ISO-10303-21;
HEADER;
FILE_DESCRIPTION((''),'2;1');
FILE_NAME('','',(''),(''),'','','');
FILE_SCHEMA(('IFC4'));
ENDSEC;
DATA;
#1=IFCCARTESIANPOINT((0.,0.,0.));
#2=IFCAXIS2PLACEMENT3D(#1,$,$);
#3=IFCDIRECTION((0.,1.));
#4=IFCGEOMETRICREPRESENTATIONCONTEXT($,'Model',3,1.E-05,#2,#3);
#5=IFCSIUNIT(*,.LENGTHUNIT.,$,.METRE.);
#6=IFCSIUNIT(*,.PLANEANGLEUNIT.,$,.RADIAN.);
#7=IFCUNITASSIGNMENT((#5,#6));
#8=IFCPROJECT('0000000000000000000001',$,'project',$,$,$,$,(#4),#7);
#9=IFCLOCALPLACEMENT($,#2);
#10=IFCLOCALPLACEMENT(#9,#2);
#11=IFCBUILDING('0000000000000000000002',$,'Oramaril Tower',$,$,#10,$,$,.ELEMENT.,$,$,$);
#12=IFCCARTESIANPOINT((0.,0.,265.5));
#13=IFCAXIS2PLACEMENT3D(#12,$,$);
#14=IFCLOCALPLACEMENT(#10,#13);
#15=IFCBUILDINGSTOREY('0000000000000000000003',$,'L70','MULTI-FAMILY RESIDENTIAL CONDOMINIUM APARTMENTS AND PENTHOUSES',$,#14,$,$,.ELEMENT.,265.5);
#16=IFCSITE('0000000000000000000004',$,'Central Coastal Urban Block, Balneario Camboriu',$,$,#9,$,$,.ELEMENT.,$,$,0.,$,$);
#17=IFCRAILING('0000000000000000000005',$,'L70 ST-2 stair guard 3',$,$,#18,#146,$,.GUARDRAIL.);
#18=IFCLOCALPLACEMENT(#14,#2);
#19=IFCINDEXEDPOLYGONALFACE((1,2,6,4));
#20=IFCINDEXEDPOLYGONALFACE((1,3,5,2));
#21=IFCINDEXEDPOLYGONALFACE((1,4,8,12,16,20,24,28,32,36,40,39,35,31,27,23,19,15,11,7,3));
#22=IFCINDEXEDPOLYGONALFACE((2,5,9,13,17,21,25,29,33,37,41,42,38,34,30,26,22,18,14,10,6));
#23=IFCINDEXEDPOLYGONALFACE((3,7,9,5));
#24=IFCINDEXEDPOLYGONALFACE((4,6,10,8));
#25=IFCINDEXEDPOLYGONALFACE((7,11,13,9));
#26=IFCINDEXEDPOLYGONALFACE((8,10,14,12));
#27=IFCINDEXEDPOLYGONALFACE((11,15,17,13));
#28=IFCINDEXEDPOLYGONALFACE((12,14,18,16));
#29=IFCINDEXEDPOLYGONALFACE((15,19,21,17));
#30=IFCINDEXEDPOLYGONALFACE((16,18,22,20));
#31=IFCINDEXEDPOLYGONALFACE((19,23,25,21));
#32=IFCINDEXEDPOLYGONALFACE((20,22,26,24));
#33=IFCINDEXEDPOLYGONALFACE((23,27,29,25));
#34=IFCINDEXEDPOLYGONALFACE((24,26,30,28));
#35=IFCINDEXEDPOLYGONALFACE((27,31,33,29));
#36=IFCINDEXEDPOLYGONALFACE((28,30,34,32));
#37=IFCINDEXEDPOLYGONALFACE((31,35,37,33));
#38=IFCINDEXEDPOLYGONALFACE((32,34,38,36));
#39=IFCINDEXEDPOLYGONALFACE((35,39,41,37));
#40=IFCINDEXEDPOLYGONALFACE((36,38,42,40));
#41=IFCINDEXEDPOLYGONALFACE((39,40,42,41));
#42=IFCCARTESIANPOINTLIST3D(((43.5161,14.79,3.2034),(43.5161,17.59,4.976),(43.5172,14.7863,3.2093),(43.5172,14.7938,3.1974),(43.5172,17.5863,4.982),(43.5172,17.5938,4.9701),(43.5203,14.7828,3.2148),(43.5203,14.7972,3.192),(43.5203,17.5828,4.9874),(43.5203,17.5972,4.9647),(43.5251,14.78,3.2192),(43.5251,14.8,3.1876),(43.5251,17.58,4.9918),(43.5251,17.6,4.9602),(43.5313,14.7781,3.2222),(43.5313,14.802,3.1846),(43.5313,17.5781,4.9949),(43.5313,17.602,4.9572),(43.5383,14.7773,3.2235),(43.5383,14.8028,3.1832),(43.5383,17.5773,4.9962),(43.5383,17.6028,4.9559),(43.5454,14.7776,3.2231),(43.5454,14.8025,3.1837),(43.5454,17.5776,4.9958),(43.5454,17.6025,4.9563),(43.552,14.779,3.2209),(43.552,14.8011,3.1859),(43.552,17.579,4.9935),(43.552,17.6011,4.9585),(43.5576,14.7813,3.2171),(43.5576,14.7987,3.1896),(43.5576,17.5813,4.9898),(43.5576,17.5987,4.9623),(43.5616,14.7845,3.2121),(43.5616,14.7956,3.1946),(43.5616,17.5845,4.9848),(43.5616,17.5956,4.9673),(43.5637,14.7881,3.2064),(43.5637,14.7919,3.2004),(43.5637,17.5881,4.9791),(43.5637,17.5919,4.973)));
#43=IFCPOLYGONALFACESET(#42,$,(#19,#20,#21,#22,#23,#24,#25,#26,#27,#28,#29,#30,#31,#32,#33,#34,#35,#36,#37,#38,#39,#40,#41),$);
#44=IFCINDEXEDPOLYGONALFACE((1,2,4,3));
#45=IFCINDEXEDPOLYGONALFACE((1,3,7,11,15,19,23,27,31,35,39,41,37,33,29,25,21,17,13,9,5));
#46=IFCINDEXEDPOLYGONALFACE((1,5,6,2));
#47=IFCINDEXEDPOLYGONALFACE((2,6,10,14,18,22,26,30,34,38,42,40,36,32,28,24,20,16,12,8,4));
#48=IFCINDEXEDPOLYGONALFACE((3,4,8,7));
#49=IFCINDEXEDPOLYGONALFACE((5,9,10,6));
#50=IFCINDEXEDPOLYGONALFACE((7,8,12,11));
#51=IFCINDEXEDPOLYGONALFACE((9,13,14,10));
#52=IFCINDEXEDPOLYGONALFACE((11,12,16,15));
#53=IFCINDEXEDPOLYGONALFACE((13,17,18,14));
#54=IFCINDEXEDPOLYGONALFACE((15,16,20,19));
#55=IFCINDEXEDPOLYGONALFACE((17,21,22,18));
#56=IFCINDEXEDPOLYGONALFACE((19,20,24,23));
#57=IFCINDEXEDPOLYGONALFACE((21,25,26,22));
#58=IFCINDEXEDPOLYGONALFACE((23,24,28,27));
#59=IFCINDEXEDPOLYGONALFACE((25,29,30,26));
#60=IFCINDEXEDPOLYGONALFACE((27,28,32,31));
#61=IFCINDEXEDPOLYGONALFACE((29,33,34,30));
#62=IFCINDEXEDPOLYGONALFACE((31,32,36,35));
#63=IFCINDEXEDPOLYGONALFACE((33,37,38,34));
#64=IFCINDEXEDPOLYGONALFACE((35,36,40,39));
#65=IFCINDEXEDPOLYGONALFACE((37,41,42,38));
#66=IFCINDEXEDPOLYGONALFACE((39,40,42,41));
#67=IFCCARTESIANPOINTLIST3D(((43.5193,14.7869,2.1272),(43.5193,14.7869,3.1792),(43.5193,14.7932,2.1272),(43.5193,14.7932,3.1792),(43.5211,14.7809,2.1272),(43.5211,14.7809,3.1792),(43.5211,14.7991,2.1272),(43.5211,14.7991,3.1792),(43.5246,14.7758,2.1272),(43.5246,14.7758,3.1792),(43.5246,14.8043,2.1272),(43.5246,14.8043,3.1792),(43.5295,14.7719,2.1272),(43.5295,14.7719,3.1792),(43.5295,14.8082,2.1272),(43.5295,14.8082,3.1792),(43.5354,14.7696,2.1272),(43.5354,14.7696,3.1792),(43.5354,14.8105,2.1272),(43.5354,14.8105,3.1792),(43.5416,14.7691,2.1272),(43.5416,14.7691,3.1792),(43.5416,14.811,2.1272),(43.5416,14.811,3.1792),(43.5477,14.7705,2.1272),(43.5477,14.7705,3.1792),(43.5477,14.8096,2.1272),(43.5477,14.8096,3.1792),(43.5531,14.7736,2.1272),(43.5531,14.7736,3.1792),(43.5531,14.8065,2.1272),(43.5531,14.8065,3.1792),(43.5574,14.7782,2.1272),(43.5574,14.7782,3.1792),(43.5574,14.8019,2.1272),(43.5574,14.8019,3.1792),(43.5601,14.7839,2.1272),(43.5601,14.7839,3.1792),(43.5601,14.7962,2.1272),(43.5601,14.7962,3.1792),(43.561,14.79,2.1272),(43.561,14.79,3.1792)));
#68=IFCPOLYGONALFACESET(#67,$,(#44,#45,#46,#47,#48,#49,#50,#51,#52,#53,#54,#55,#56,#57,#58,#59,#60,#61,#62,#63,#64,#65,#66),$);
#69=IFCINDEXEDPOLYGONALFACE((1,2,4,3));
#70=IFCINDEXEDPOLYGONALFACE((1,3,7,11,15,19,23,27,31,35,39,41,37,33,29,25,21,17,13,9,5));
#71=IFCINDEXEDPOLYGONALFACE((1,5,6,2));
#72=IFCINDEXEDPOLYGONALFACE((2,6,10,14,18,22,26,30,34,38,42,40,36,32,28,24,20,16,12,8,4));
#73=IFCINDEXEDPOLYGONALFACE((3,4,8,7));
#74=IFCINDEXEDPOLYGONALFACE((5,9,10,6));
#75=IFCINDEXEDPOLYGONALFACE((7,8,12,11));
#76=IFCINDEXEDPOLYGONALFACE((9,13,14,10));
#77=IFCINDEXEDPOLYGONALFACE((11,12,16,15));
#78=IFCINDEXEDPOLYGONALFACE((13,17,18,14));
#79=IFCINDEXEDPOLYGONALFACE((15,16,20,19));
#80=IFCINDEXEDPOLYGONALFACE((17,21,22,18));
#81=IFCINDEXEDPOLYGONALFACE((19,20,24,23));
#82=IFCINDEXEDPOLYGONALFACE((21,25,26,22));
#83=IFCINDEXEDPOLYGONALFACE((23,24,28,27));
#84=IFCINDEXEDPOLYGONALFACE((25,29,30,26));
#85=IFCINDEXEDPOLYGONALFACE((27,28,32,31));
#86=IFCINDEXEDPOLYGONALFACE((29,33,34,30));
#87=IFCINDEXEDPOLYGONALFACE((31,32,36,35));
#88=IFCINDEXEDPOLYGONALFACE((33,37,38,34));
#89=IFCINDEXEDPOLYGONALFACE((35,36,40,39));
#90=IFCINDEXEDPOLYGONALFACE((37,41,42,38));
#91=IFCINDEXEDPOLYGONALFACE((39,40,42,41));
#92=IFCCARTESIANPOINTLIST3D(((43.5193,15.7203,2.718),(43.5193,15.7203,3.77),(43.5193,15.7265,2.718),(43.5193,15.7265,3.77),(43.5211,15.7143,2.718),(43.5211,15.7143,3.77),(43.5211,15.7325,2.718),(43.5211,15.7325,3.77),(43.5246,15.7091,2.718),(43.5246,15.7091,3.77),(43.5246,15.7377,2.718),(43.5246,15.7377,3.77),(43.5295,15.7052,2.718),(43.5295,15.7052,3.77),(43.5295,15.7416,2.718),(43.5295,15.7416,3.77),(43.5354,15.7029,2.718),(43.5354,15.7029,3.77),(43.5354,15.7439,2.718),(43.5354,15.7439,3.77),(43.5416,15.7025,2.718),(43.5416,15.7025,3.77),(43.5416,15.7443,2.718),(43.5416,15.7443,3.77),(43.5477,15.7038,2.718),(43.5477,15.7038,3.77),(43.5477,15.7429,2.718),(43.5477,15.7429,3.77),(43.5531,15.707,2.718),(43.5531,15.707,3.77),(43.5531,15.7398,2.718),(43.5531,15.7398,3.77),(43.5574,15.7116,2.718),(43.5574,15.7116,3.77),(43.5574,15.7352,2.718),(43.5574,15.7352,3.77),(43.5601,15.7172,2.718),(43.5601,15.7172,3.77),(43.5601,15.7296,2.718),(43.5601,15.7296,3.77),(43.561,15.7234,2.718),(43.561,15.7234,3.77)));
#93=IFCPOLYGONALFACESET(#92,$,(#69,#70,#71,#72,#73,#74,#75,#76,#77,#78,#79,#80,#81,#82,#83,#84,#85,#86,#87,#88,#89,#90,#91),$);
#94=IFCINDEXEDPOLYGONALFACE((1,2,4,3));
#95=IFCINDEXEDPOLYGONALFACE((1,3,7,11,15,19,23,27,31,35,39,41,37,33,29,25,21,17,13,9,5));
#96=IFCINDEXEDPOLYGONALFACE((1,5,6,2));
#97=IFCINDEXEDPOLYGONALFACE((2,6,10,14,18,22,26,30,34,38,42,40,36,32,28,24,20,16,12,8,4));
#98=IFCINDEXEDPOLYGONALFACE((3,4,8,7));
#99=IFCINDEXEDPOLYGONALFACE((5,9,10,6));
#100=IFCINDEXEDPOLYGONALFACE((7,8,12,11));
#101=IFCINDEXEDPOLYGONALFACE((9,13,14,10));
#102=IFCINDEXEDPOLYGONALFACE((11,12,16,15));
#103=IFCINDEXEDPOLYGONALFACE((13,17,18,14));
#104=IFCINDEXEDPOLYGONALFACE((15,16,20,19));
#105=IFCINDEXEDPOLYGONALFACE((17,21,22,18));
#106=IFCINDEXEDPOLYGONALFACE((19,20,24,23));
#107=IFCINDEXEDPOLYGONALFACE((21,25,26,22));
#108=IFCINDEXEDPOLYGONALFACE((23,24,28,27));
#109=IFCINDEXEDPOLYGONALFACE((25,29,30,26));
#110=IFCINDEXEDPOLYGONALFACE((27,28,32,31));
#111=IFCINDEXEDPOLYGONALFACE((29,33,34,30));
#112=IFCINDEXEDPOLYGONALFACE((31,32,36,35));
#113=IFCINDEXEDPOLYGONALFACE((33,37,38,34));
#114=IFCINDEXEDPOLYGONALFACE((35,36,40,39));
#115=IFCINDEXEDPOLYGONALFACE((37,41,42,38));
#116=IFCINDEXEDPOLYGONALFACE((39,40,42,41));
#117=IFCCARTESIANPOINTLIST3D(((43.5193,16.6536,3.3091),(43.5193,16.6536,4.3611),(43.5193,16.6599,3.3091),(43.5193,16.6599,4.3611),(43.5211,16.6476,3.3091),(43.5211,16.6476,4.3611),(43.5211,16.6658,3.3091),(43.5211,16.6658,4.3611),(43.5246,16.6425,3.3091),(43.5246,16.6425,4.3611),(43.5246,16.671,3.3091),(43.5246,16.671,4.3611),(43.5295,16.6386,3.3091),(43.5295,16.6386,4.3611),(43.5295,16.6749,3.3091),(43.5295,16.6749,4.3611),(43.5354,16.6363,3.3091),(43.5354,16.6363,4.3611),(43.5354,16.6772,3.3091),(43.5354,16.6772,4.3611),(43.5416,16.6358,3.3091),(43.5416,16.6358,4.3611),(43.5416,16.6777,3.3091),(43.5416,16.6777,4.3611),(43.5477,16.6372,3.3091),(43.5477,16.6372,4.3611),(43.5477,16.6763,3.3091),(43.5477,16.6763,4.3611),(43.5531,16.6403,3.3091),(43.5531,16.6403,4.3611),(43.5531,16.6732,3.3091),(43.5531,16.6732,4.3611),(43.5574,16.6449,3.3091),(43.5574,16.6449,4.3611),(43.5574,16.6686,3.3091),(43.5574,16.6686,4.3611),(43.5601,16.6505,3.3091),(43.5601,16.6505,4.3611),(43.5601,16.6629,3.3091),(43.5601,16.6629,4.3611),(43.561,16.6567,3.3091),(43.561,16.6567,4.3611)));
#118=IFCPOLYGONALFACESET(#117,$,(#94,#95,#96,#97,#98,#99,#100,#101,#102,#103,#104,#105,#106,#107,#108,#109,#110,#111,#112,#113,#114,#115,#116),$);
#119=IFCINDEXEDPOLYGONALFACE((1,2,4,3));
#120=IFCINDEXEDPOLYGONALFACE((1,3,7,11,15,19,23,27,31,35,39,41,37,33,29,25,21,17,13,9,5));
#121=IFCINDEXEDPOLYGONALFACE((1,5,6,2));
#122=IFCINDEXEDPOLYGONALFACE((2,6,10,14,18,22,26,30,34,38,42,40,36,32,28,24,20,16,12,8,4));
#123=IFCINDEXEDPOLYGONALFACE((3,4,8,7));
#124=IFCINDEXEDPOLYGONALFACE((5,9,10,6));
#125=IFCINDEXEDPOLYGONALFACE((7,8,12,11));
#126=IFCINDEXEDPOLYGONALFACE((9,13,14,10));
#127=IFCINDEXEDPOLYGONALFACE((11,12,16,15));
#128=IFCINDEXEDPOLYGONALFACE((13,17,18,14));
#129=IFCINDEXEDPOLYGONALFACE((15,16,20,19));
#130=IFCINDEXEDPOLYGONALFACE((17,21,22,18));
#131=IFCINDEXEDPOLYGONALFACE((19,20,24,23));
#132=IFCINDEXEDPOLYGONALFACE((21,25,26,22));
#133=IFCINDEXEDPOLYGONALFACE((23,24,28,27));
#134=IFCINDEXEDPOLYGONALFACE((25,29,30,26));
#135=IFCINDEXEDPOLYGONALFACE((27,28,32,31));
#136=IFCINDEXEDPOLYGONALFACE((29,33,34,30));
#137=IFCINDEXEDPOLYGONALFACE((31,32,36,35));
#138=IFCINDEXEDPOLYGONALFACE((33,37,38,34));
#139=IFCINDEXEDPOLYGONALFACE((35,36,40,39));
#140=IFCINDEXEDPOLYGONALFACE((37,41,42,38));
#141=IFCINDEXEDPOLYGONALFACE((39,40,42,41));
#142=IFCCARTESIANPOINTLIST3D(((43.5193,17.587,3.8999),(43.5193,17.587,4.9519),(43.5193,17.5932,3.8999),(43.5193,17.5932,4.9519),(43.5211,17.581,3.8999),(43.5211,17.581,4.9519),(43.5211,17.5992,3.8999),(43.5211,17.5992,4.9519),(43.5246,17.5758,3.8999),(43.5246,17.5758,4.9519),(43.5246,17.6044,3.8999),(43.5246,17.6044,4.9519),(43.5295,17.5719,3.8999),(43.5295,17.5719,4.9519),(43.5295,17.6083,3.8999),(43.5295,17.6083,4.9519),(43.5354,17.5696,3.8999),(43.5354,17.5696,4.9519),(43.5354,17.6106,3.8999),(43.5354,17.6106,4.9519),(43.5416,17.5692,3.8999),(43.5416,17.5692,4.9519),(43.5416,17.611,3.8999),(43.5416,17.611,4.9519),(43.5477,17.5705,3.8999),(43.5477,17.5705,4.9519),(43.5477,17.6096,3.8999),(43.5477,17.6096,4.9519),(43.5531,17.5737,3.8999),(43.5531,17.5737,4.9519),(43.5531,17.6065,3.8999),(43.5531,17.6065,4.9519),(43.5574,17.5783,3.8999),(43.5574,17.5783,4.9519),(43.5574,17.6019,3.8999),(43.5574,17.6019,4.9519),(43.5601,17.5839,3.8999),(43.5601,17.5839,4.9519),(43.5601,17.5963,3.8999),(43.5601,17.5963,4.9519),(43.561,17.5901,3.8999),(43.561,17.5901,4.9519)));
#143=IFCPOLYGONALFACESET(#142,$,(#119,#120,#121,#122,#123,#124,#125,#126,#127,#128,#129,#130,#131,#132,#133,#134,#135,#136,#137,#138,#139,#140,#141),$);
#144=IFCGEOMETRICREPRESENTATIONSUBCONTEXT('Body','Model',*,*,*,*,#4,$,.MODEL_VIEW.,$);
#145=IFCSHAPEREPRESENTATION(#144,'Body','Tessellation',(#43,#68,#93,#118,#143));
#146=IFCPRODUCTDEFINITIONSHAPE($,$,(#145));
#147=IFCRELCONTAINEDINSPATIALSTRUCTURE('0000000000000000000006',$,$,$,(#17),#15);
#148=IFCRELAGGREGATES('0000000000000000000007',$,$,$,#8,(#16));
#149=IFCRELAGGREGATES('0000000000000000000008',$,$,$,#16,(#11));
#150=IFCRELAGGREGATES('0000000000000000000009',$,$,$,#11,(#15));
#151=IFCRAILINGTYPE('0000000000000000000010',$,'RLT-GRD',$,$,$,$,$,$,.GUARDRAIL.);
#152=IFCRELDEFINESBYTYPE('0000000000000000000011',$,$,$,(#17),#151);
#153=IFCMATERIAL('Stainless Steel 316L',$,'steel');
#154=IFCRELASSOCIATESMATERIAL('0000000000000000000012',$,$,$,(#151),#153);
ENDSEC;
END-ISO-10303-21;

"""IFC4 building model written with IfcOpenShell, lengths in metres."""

from ifc_helpers import new_model, si_unit, direction, frame, origin, origin_2d, place, context, subcontext, project, spatial, circle, extrude, material, type_object, element, save


model = new_model("IFC4")

# Units and contexts
model_context = context("Model", 3, precision=1e-05, world=origin(), true_north=direction((0.0, 1.0)))
body_context = subcontext(model_context, "Body", "Model", "MODEL_VIEW")
ifc_project = project(units=[si_unit("LENGTHUNIT", "METRE"), si_unit("PLANEANGLEUNIT", "RADIAN")], contexts=[model_context])

# Site, building, storey
site_placement = place(None, origin())
site = spatial("IfcSite", under=ifc_project, at=site_placement, Name="Central Coastal Urban Block, Balneario Camboriu", CompositionType="ELEMENT", RefElevation=0.0)
building_placement = place(site_placement, origin())
building = spatial("IfcBuilding", under=site, at=building_placement, Name="Oramaril Tower", CompositionType="ELEMENT")
storey_placement = place(building_placement, frame((0.0, 0.0, 265.5)))
storey = spatial("IfcBuildingStorey", under=building, at=storey_placement, Name="L70", Description="MULTI-FAMILY RESIDENTIAL CONDOMINIUM APARTMENTS AND PENTHOUSES", CompositionType="ELEMENT", Elevation=265.5)

# Railing
ifc_material_1 = material(Name="Stainless Steel 316L", Category="steel")
railing_type_1 = type_object("IfcRailingType", Name="RLT-GRD", PredefinedType="GUARDRAIL", material=ifc_material_1)
railing_1_placement = place(storey_placement, frame((43.54, 14.79, 2.1272)))
element("IfcRailing", 1, at=railing_1_placement, inside=storey, type_object=railing_type_1, Name="L70 ST-2 stair guard 3", PredefinedType="GUARDRAIL", context=body_context, shape_type="SweptSolid", body=[
    extrude(circle(Radius=0.0239, at=origin_2d()), frame((0.0, 0.0, 1.0762), z_axis=(0.0, 0.844909, 0.53491), x_axis=(-1.0, 0.0, 0.0)), (0.0, 0.0, 1.0), 3.314),
    extrude(circle(Radius=0.021, at=origin_2d()), origin(), (0.0, 0.0, 1.0), 1.052),
    extrude(circle(Radius=0.021, at=origin_2d()), frame((0.0, 0.9333, 0.5908)), (0.0, 0.0, 1.0), 1.052),
    extrude(circle(Radius=0.021, at=origin_2d()), frame((0.0, 1.8667, 1.1819)), (0.0, 0.0, 1.0), 1.052),
    extrude(circle(Radius=0.021, at=origin_2d()), frame((0.0, 2.8, 1.7727)), (0.0, 0.0, 1.0), 1.052),
])

save(model, "model.ifc")
